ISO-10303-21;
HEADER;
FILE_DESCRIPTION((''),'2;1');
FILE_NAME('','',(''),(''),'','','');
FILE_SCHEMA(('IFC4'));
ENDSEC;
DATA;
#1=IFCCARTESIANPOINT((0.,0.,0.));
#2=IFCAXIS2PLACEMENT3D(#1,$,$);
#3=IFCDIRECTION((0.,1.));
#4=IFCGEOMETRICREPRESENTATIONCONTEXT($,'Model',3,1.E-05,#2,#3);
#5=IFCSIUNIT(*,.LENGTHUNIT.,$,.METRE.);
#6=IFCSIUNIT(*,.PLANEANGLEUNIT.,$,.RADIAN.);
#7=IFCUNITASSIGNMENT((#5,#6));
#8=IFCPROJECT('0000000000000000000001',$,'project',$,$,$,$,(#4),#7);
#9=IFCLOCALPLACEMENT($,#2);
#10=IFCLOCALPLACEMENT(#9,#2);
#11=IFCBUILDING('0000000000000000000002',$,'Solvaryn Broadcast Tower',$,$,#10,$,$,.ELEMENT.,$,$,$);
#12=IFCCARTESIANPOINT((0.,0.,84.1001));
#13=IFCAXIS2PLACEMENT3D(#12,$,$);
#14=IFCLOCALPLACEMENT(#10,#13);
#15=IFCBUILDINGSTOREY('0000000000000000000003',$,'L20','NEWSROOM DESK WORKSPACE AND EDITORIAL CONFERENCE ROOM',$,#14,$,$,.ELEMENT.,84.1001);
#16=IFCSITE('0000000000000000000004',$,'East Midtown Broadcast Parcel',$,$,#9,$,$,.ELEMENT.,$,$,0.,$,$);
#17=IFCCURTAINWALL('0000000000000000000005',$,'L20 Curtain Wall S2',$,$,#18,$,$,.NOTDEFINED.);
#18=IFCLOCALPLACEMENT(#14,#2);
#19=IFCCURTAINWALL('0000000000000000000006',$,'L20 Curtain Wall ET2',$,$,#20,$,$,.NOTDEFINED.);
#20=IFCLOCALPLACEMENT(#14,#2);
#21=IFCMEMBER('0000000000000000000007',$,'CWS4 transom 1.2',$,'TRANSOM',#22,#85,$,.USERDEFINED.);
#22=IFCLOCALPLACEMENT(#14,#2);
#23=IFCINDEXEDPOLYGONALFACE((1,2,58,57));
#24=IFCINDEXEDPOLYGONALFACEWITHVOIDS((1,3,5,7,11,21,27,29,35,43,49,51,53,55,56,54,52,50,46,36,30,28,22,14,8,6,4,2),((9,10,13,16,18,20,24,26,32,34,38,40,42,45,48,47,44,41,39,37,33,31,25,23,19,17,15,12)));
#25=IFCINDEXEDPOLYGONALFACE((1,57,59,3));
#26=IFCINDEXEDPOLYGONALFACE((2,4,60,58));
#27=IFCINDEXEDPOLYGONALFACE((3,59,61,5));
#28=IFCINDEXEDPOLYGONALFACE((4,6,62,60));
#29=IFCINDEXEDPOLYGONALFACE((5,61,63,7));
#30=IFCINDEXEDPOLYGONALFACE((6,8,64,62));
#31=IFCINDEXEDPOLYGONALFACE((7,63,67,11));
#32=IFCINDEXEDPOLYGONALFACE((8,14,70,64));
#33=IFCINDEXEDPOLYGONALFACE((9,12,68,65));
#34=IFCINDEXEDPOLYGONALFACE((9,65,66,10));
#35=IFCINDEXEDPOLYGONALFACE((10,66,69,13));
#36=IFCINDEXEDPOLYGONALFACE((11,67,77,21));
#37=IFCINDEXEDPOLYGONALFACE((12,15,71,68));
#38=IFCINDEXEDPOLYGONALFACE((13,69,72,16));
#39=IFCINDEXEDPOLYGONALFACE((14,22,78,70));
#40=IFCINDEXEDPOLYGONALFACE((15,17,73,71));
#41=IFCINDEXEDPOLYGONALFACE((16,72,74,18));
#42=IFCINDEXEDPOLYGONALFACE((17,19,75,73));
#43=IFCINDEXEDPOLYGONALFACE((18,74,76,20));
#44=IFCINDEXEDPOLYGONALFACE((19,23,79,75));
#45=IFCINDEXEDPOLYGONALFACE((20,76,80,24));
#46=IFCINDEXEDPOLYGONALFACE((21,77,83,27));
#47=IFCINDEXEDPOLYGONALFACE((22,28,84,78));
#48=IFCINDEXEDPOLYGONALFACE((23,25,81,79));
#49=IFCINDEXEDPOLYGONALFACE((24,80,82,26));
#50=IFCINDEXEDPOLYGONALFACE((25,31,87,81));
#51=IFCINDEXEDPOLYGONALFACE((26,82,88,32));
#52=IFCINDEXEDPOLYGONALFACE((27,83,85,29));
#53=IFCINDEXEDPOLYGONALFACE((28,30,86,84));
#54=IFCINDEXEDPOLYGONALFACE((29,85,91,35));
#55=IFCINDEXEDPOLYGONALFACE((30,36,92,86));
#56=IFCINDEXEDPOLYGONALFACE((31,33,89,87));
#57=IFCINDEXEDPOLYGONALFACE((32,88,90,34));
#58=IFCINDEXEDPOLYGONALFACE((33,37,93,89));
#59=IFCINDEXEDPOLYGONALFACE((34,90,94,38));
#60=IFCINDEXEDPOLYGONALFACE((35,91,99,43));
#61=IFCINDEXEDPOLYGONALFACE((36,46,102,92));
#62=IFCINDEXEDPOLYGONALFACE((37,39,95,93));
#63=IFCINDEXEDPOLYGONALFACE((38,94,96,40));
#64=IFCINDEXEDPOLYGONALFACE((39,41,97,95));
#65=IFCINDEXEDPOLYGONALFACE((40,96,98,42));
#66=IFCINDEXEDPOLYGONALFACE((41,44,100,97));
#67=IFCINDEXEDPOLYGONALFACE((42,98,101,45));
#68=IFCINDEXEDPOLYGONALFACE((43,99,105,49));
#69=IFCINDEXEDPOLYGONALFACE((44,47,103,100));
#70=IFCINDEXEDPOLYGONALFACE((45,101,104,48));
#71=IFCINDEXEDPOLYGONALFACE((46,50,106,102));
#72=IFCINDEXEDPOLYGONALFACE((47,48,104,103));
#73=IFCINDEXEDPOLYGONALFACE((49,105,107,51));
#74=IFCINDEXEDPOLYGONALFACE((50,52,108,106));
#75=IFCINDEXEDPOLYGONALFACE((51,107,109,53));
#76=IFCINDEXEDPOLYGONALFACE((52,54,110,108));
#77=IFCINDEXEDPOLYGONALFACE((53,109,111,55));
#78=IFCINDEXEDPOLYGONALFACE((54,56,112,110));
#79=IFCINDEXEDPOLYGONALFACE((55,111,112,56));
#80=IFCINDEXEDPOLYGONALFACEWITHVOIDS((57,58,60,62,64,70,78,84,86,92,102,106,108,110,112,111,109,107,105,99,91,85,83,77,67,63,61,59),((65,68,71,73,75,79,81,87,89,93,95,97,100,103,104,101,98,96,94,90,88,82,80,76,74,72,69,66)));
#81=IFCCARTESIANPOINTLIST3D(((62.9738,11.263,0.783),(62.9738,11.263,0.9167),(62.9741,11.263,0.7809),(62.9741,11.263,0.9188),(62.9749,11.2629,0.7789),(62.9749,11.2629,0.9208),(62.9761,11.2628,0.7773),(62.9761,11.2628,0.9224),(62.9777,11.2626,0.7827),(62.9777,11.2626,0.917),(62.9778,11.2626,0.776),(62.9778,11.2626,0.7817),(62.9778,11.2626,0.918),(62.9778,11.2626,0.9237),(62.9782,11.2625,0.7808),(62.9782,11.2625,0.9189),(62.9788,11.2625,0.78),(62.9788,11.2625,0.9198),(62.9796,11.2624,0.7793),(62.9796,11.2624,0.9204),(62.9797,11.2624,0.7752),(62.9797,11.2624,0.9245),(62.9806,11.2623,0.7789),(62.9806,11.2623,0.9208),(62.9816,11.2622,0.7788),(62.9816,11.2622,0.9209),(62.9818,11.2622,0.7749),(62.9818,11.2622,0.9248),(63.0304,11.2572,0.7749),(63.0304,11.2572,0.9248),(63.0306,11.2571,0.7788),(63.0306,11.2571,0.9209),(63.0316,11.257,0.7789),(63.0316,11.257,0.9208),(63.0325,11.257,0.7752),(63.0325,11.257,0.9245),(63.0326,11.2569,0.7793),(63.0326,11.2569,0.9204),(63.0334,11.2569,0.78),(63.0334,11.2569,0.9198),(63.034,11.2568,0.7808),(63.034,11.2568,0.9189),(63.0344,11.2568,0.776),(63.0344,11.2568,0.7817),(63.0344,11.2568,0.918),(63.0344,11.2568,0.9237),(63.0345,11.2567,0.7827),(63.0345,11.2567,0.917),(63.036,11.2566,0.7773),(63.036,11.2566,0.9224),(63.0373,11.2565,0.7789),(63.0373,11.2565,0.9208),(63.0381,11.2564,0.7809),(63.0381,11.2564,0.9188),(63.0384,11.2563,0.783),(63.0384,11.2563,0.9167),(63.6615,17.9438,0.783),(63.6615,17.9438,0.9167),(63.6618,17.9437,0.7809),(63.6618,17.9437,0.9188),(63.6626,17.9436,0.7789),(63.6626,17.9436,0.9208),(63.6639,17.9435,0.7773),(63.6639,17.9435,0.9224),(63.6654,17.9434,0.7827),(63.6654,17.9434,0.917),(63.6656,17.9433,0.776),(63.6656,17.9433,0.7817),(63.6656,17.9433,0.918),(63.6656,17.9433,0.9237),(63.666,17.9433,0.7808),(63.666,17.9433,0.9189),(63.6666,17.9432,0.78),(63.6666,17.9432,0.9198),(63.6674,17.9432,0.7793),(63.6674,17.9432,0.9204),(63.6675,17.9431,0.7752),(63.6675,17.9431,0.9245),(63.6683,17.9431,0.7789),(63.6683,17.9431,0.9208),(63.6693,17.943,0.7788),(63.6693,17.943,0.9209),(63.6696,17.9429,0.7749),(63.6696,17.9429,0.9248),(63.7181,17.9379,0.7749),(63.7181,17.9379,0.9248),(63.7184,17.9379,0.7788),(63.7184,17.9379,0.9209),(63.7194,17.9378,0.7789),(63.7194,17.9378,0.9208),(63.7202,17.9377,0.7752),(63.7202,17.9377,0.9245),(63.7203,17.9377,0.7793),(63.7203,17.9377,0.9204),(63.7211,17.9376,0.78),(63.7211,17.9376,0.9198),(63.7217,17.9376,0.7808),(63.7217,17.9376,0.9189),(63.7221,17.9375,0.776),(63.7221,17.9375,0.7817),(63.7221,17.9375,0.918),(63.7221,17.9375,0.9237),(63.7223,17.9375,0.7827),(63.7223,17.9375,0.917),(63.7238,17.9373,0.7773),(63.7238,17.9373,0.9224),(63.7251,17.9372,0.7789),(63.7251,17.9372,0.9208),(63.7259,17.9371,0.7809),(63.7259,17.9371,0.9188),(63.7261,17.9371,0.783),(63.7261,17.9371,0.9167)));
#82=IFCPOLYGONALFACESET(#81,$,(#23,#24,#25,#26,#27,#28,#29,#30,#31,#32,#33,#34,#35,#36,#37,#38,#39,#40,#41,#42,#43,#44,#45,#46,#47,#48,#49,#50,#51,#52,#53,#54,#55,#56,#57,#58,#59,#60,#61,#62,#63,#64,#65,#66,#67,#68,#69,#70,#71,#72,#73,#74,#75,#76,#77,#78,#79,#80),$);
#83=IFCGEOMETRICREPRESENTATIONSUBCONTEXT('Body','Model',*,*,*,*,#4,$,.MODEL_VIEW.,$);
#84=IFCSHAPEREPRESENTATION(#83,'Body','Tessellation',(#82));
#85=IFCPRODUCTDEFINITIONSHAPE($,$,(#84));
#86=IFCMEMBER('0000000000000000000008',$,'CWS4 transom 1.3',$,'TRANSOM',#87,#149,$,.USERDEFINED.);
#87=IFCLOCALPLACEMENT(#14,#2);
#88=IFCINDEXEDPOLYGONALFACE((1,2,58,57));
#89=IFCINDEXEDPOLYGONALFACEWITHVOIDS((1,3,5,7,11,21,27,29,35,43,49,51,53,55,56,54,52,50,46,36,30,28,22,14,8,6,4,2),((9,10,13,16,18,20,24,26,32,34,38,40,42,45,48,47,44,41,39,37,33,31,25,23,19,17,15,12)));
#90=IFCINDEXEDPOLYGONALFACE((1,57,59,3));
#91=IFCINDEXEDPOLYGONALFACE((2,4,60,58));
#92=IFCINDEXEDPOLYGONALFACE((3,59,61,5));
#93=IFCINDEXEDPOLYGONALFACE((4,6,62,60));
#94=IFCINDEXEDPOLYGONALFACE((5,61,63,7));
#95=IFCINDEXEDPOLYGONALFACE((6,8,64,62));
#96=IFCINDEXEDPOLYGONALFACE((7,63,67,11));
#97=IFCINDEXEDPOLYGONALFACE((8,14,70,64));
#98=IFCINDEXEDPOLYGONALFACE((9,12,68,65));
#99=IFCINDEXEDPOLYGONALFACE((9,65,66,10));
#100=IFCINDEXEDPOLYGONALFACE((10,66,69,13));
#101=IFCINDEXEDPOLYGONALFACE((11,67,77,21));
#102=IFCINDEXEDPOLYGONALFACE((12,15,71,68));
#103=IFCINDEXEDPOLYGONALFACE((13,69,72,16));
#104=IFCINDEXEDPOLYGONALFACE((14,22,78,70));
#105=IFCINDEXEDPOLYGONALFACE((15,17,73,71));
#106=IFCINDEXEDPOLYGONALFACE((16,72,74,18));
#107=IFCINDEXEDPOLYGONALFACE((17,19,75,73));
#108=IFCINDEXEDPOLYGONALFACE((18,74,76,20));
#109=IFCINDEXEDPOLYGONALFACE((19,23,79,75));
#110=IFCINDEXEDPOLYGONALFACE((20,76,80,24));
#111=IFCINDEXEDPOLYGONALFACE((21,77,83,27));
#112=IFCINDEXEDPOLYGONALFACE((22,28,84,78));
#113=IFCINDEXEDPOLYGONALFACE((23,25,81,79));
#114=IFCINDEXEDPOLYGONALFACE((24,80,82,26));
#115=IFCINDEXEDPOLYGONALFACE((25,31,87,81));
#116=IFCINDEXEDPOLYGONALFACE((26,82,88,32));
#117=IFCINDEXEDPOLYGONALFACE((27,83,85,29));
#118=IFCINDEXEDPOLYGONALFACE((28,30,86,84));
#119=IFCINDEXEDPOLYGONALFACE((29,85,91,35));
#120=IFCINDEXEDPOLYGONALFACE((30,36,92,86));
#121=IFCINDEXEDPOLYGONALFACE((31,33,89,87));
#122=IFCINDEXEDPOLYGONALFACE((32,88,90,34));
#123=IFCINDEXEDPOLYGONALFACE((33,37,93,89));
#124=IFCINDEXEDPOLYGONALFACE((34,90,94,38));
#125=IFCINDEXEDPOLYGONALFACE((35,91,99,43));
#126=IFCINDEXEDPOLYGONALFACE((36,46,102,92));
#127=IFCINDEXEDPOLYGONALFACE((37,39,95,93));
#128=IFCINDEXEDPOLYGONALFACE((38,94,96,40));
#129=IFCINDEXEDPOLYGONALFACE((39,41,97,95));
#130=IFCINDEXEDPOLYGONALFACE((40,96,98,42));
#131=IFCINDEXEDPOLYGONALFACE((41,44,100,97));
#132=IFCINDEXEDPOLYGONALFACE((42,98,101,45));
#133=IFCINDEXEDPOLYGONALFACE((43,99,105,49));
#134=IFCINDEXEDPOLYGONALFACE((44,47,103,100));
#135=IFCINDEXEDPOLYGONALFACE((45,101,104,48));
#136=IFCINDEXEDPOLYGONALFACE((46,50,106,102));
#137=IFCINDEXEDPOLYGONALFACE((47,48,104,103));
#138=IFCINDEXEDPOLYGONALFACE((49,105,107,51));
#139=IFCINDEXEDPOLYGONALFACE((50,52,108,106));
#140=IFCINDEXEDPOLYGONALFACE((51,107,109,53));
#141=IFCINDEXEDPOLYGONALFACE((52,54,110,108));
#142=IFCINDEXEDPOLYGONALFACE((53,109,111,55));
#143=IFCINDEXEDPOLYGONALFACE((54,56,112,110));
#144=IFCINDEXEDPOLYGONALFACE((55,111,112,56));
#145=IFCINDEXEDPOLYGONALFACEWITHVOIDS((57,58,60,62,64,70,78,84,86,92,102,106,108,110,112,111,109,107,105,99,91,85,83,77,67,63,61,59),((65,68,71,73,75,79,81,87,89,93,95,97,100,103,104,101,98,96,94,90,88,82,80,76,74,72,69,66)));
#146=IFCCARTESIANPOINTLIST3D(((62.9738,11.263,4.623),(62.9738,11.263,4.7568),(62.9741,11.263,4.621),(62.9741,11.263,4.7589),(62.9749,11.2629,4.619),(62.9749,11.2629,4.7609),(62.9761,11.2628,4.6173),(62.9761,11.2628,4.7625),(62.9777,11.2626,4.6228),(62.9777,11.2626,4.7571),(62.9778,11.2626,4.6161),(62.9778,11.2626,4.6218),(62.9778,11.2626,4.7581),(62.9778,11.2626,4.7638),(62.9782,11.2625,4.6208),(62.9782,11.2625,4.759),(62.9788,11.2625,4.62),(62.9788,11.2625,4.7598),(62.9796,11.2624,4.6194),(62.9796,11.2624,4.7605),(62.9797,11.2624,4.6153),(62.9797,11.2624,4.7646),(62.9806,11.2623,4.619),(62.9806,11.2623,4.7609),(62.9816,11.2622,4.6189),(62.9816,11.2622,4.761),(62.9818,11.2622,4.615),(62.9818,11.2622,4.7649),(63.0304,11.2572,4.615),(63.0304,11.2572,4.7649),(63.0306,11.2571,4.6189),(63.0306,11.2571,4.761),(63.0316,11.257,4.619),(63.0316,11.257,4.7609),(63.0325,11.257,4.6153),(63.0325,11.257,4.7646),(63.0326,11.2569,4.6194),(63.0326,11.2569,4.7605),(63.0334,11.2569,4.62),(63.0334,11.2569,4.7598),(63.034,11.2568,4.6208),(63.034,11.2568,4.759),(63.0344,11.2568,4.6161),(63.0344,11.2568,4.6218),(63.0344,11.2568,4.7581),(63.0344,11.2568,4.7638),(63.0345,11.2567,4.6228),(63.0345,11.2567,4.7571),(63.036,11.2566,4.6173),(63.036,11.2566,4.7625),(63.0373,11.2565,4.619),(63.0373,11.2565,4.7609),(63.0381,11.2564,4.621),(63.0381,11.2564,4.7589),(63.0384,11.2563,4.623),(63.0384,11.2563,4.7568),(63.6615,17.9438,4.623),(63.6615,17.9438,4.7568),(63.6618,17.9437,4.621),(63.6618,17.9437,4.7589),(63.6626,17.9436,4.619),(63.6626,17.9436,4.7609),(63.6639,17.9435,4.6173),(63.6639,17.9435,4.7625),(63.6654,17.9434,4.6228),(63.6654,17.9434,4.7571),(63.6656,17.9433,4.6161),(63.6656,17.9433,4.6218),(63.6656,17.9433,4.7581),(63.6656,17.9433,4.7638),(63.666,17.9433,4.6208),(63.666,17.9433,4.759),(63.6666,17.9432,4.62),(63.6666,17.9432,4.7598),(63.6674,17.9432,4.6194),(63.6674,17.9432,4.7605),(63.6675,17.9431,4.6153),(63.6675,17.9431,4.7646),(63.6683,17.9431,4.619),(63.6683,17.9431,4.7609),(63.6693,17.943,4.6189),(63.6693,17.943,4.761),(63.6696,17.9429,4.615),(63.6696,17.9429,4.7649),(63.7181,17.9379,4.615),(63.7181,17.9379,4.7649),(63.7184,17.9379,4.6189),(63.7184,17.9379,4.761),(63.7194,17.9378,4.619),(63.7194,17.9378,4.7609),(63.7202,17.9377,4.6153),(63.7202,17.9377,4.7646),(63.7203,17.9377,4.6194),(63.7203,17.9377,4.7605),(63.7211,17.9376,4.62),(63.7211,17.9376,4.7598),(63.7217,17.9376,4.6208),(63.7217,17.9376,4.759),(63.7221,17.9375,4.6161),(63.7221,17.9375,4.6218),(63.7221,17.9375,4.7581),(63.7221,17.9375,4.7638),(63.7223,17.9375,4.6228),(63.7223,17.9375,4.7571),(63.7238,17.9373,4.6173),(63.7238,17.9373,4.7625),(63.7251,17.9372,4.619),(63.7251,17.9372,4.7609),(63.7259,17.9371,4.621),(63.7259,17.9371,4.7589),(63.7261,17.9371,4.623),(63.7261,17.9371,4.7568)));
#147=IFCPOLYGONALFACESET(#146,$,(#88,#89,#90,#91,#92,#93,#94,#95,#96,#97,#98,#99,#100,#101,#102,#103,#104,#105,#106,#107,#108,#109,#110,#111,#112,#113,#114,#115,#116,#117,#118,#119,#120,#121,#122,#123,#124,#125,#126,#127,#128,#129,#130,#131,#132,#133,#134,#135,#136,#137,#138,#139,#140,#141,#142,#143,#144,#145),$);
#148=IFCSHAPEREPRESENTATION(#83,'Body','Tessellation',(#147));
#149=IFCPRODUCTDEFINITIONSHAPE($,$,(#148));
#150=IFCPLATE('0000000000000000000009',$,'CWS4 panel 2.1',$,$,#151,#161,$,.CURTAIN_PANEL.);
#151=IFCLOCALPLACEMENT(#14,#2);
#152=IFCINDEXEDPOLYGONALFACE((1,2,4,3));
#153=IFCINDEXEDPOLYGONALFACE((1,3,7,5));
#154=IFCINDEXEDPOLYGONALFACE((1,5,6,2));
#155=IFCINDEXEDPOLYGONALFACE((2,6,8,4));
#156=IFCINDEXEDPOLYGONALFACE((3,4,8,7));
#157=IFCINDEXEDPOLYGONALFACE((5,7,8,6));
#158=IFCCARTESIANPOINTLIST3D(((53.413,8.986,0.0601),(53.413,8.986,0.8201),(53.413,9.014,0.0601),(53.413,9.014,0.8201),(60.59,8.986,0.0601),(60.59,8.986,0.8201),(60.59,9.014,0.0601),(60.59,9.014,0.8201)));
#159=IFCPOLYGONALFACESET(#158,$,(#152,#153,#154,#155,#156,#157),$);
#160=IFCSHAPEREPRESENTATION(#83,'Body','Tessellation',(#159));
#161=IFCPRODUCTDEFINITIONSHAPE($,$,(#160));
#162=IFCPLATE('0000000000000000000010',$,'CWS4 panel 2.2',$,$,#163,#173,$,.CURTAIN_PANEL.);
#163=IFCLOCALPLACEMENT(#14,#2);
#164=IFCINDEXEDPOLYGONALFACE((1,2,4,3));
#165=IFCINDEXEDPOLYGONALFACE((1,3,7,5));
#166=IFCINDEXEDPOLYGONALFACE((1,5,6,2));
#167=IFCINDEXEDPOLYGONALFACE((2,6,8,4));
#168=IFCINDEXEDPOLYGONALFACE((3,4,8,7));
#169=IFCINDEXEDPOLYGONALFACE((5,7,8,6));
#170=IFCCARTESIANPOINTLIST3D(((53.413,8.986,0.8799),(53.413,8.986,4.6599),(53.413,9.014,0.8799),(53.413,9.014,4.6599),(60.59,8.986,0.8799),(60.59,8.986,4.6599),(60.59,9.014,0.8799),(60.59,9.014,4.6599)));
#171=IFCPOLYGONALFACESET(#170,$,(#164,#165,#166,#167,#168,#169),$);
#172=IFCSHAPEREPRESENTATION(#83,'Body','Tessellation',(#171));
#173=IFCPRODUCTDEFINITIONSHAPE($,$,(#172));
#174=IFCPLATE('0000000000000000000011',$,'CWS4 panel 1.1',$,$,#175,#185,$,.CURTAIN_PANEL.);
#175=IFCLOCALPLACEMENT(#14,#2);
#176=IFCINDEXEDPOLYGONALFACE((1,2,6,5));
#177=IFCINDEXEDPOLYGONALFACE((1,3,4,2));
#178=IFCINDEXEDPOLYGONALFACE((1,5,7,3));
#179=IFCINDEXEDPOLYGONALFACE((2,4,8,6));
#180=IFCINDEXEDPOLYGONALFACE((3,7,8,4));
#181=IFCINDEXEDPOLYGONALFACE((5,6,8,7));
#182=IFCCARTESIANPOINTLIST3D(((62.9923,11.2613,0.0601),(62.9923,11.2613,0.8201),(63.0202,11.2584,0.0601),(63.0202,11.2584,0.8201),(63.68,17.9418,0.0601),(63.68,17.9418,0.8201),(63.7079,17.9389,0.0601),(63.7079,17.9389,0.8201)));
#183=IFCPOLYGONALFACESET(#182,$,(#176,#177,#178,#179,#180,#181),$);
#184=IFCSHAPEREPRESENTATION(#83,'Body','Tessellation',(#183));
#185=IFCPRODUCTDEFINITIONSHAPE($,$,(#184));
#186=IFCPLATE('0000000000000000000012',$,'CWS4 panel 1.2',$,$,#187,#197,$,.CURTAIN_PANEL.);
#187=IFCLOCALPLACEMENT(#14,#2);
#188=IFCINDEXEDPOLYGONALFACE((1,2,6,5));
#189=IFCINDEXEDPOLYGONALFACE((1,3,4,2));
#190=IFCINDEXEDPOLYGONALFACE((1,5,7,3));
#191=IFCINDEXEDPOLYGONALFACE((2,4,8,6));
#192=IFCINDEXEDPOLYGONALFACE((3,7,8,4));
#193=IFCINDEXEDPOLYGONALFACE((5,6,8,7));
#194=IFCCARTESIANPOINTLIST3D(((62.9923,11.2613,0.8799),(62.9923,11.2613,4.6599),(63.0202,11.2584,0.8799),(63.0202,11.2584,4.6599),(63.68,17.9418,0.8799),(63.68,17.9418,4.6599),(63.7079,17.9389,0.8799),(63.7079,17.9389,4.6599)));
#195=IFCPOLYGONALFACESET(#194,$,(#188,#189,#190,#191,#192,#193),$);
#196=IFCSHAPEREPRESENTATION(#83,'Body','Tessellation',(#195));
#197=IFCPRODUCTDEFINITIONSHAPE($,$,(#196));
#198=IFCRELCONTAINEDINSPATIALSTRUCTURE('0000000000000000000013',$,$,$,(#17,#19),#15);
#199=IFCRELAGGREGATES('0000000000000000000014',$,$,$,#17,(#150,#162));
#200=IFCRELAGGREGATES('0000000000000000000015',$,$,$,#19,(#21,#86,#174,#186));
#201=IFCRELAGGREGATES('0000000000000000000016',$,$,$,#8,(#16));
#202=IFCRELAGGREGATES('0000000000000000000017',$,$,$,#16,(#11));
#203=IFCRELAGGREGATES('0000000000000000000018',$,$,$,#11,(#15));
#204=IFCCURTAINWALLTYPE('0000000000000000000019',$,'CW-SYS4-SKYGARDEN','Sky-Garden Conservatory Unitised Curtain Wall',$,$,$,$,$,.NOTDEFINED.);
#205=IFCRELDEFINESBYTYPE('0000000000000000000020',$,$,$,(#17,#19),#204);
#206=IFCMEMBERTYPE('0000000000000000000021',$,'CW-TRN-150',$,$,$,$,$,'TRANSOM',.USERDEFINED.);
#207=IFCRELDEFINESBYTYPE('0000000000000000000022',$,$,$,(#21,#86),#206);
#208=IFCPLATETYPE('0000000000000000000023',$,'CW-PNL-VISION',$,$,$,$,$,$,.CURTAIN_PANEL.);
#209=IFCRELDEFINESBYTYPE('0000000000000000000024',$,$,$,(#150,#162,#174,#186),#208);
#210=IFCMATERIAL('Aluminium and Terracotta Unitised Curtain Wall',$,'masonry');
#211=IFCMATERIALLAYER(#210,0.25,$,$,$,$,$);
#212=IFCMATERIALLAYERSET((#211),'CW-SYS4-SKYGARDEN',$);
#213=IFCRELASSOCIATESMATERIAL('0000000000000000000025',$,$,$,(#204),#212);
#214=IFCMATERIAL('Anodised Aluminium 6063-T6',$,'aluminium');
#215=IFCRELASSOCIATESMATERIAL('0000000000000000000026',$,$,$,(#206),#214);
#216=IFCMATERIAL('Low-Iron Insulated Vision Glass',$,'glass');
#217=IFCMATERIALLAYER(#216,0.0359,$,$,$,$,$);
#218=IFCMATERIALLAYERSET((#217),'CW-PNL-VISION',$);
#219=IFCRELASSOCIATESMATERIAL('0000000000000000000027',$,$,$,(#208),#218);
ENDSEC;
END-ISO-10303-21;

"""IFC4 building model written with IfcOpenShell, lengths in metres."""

from ifc_helpers import new_model, si_unit, direction, frame, origin, origin_2d, place, context, subcontext, project, spatial, rectangle, hollow_rectangle, extrude, material, layer, layer_set, material_profile, profile_set, type_object, element, aggregate, save


model = new_model("IFC4")

# Units and contexts
model_context = context("Model", 3, precision=1e-05, world=origin(), true_north=direction((0.0, 1.0)))
body_context = subcontext(model_context, "Body", "Model", "MODEL_VIEW")
ifc_project = project(units=[si_unit("LENGTHUNIT", "METRE"), si_unit("PLANEANGLEUNIT", "RADIAN")], contexts=[model_context])

# Site, building, storey
site_placement = place(None, origin())
site = spatial("IfcSite", under=ifc_project, at=site_placement, Name="East Midtown Broadcast Parcel", CompositionType="ELEMENT", RefElevation=0.0)
building_placement = place(site_placement, origin())
building = spatial("IfcBuilding", under=site, at=building_placement, Name="Solvaryn Broadcast Tower", CompositionType="ELEMENT")
storey_placement = place(building_placement, frame((0.0, 0.0, 84.1001)))
storey = spatial("IfcBuildingStorey", under=building, at=storey_placement, Name="L20", Description="NEWSROOM DESK WORKSPACE AND EDITORIAL CONFERENCE ROOM", CompositionType="ELEMENT", Elevation=84.1001)

# Curtain wall
ifc_material_1 = material(Name="Aluminium and Terracotta Unitised Curtain Wall", Category="masonry")
ifc_layer_1 = layer(ifc_material_1, 0.25)
ifc_layer_set_1 = layer_set([ifc_layer_1], Name="CW-SYS4-SKYGARDEN")
curtain_wall_type = type_object("IfcCurtainWallType", Name="CW-SYS4-SKYGARDEN", Description="Sky-Garden Conservatory Unitised Curtain Wall", PredefinedType="NOTDEFINED", material=ifc_layer_set_1)
curtain_wall_1_placement = place(storey_placement, origin())
curtain_wall_1 = element("IfcCurtainWall", 1, at=curtain_wall_1_placement, inside=storey, type_object=curtain_wall_type, Name="L20 Curtain Wall S2", PredefinedType="NOTDEFINED")

# Curtain wall
curtain_wall_2_placement = place(storey_placement, origin())
curtain_wall_2 = element("IfcCurtainWall", 2, at=curtain_wall_2_placement, inside=storey, type_object=curtain_wall_type, Name="L20 Curtain Wall ET2", PredefinedType="NOTDEFINED")

# Members
ifc_material_2 = material(Name="Anodised Aluminium 6063-T6", Category="aluminium")
ifc_material_profile_1 = material_profile(ifc_material_2, hollow_rectangle(XDim=0.0649, YDim=0.1499, WallThickness=0.0039, InnerFilletRadius=0.0039, OuterFilletRadius=0.0081, at=origin_2d()))
ifc_profile_set_1 = profile_set([ifc_material_profile_1], Name="Anodised Aluminium 6063-T6")
member_type_1 = type_object("IfcMemberType", Name="CW-TRN-150", ElementType="TRANSOM", PredefinedType="USERDEFINED", material=ifc_profile_set_1)
member_1_placement = place(storey_placement, frame((63.6938, 17.9404, 0.8499), z_axis=(-0.102404, -0.994743, 0.0), x_axis=(0.994743, -0.102404, 0.0)))
member_1 = element("IfcMember", 3, at=member_1_placement, type_object=member_type_1, Name="CWS4 transom 1.2", ObjectType="TRANSOM", PredefinedType="USERDEFINED", context=body_context, shape_type="SweptSolid", body=[
    extrude(hollow_rectangle(XDim=0.0649, YDim=0.1499, WallThickness=0.0039, InnerFilletRadius=0.0039, OuterFilletRadius=0.0081, at=origin_2d()), origin(), (0.0, 0.0, 1.0), 6.7161),
])
member_2_placement = place(storey_placement, frame((63.6938, 17.9404, 4.6899), z_axis=(-0.102404, -0.994743, 0.0), x_axis=(0.994743, -0.102404, 0.0)))
member_2 = element("IfcMember", 4, at=member_2_placement, type_object=member_type_1, Name="CWS4 transom 1.3", ObjectType="TRANSOM", PredefinedType="USERDEFINED", context=body_context, shape_type="SweptSolid", body=[
    extrude(hollow_rectangle(XDim=0.0649, YDim=0.1499, WallThickness=0.0039, InnerFilletRadius=0.0039, OuterFilletRadius=0.0081, at=origin_2d()), origin(), (0.0, 0.0, 1.0), 6.7161),
])

# Plates
ifc_material_3 = material(Name="Low-Iron Insulated Vision Glass", Category="glass")
ifc_layer_2 = layer(ifc_material_3, 0.0359)
ifc_layer_set_2 = layer_set([ifc_layer_2], Name="CW-PNL-VISION")
plate_type = type_object("IfcPlateType", Name="CW-PNL-VISION", PredefinedType="CURTAIN_PANEL", material=ifc_layer_set_2)
plate_1_placement = place(storey_placement, frame((57.0015, 9.0, 0.0601), z_axis=(0.0, 0.0, 1.0), x_axis=(1.0, 0.0, 0.0)))
plate_1 = element("IfcPlate", 5, at=plate_1_placement, type_object=plate_type, Name="CWS4 panel 2.1", PredefinedType="CURTAIN_PANEL", context=body_context, shape_type="SweptSolid", body=[
    extrude(rectangle(XDim=7.177, YDim=0.0281, at=origin_2d()), origin(), (0.0, 0.0, 1.0), 0.76),
])
plate_2_placement = place(storey_placement, frame((57.0015, 9.0, 0.8799), z_axis=(0.0, 0.0, 1.0), x_axis=(1.0, 0.0, 0.0)))
plate_2 = element("IfcPlate", 6, at=plate_2_placement, type_object=plate_type, Name="CWS4 panel 2.2", PredefinedType="CURTAIN_PANEL", context=body_context, shape_type="SweptSolid", body=[
    extrude(rectangle(XDim=7.177, YDim=0.0281, at=origin_2d()), origin(), (0.0, 0.0, 1.0), 3.78),
])
aggregate(curtain_wall_1, [plate_1, plate_2])
plate_3_placement = place(storey_placement, frame((63.3501, 14.6001, 0.0601), z_axis=(0.0, 0.0, 1.0), x_axis=(-0.1024, -0.994743, 0.0)))
plate_3 = element("IfcPlate", 7, at=plate_3_placement, type_object=plate_type, Name="CWS4 panel 1.1", PredefinedType="CURTAIN_PANEL", context=body_context, shape_type="SweptSolid", body=[
    extrude(rectangle(XDim=6.7158, YDim=0.0281, at=origin_2d()), origin(), (0.0, 0.0, 1.0), 0.76),
])
plate_4_placement = place(storey_placement, frame((63.3501, 14.6001, 0.8799), z_axis=(0.0, 0.0, 1.0), x_axis=(-0.1024, -0.994743, 0.0)))
plate_4 = element("IfcPlate", 8, at=plate_4_placement, type_object=plate_type, Name="CWS4 panel 1.2", PredefinedType="CURTAIN_PANEL", context=body_context, shape_type="SweptSolid", body=[
    extrude(rectangle(XDim=6.7158, YDim=0.0281, at=origin_2d()), origin(), (0.0, 0.0, 1.0), 3.78),
])
aggregate(curtain_wall_2, [member_1, member_2, plate_3, plate_4])

save(model, "model.ifc")
